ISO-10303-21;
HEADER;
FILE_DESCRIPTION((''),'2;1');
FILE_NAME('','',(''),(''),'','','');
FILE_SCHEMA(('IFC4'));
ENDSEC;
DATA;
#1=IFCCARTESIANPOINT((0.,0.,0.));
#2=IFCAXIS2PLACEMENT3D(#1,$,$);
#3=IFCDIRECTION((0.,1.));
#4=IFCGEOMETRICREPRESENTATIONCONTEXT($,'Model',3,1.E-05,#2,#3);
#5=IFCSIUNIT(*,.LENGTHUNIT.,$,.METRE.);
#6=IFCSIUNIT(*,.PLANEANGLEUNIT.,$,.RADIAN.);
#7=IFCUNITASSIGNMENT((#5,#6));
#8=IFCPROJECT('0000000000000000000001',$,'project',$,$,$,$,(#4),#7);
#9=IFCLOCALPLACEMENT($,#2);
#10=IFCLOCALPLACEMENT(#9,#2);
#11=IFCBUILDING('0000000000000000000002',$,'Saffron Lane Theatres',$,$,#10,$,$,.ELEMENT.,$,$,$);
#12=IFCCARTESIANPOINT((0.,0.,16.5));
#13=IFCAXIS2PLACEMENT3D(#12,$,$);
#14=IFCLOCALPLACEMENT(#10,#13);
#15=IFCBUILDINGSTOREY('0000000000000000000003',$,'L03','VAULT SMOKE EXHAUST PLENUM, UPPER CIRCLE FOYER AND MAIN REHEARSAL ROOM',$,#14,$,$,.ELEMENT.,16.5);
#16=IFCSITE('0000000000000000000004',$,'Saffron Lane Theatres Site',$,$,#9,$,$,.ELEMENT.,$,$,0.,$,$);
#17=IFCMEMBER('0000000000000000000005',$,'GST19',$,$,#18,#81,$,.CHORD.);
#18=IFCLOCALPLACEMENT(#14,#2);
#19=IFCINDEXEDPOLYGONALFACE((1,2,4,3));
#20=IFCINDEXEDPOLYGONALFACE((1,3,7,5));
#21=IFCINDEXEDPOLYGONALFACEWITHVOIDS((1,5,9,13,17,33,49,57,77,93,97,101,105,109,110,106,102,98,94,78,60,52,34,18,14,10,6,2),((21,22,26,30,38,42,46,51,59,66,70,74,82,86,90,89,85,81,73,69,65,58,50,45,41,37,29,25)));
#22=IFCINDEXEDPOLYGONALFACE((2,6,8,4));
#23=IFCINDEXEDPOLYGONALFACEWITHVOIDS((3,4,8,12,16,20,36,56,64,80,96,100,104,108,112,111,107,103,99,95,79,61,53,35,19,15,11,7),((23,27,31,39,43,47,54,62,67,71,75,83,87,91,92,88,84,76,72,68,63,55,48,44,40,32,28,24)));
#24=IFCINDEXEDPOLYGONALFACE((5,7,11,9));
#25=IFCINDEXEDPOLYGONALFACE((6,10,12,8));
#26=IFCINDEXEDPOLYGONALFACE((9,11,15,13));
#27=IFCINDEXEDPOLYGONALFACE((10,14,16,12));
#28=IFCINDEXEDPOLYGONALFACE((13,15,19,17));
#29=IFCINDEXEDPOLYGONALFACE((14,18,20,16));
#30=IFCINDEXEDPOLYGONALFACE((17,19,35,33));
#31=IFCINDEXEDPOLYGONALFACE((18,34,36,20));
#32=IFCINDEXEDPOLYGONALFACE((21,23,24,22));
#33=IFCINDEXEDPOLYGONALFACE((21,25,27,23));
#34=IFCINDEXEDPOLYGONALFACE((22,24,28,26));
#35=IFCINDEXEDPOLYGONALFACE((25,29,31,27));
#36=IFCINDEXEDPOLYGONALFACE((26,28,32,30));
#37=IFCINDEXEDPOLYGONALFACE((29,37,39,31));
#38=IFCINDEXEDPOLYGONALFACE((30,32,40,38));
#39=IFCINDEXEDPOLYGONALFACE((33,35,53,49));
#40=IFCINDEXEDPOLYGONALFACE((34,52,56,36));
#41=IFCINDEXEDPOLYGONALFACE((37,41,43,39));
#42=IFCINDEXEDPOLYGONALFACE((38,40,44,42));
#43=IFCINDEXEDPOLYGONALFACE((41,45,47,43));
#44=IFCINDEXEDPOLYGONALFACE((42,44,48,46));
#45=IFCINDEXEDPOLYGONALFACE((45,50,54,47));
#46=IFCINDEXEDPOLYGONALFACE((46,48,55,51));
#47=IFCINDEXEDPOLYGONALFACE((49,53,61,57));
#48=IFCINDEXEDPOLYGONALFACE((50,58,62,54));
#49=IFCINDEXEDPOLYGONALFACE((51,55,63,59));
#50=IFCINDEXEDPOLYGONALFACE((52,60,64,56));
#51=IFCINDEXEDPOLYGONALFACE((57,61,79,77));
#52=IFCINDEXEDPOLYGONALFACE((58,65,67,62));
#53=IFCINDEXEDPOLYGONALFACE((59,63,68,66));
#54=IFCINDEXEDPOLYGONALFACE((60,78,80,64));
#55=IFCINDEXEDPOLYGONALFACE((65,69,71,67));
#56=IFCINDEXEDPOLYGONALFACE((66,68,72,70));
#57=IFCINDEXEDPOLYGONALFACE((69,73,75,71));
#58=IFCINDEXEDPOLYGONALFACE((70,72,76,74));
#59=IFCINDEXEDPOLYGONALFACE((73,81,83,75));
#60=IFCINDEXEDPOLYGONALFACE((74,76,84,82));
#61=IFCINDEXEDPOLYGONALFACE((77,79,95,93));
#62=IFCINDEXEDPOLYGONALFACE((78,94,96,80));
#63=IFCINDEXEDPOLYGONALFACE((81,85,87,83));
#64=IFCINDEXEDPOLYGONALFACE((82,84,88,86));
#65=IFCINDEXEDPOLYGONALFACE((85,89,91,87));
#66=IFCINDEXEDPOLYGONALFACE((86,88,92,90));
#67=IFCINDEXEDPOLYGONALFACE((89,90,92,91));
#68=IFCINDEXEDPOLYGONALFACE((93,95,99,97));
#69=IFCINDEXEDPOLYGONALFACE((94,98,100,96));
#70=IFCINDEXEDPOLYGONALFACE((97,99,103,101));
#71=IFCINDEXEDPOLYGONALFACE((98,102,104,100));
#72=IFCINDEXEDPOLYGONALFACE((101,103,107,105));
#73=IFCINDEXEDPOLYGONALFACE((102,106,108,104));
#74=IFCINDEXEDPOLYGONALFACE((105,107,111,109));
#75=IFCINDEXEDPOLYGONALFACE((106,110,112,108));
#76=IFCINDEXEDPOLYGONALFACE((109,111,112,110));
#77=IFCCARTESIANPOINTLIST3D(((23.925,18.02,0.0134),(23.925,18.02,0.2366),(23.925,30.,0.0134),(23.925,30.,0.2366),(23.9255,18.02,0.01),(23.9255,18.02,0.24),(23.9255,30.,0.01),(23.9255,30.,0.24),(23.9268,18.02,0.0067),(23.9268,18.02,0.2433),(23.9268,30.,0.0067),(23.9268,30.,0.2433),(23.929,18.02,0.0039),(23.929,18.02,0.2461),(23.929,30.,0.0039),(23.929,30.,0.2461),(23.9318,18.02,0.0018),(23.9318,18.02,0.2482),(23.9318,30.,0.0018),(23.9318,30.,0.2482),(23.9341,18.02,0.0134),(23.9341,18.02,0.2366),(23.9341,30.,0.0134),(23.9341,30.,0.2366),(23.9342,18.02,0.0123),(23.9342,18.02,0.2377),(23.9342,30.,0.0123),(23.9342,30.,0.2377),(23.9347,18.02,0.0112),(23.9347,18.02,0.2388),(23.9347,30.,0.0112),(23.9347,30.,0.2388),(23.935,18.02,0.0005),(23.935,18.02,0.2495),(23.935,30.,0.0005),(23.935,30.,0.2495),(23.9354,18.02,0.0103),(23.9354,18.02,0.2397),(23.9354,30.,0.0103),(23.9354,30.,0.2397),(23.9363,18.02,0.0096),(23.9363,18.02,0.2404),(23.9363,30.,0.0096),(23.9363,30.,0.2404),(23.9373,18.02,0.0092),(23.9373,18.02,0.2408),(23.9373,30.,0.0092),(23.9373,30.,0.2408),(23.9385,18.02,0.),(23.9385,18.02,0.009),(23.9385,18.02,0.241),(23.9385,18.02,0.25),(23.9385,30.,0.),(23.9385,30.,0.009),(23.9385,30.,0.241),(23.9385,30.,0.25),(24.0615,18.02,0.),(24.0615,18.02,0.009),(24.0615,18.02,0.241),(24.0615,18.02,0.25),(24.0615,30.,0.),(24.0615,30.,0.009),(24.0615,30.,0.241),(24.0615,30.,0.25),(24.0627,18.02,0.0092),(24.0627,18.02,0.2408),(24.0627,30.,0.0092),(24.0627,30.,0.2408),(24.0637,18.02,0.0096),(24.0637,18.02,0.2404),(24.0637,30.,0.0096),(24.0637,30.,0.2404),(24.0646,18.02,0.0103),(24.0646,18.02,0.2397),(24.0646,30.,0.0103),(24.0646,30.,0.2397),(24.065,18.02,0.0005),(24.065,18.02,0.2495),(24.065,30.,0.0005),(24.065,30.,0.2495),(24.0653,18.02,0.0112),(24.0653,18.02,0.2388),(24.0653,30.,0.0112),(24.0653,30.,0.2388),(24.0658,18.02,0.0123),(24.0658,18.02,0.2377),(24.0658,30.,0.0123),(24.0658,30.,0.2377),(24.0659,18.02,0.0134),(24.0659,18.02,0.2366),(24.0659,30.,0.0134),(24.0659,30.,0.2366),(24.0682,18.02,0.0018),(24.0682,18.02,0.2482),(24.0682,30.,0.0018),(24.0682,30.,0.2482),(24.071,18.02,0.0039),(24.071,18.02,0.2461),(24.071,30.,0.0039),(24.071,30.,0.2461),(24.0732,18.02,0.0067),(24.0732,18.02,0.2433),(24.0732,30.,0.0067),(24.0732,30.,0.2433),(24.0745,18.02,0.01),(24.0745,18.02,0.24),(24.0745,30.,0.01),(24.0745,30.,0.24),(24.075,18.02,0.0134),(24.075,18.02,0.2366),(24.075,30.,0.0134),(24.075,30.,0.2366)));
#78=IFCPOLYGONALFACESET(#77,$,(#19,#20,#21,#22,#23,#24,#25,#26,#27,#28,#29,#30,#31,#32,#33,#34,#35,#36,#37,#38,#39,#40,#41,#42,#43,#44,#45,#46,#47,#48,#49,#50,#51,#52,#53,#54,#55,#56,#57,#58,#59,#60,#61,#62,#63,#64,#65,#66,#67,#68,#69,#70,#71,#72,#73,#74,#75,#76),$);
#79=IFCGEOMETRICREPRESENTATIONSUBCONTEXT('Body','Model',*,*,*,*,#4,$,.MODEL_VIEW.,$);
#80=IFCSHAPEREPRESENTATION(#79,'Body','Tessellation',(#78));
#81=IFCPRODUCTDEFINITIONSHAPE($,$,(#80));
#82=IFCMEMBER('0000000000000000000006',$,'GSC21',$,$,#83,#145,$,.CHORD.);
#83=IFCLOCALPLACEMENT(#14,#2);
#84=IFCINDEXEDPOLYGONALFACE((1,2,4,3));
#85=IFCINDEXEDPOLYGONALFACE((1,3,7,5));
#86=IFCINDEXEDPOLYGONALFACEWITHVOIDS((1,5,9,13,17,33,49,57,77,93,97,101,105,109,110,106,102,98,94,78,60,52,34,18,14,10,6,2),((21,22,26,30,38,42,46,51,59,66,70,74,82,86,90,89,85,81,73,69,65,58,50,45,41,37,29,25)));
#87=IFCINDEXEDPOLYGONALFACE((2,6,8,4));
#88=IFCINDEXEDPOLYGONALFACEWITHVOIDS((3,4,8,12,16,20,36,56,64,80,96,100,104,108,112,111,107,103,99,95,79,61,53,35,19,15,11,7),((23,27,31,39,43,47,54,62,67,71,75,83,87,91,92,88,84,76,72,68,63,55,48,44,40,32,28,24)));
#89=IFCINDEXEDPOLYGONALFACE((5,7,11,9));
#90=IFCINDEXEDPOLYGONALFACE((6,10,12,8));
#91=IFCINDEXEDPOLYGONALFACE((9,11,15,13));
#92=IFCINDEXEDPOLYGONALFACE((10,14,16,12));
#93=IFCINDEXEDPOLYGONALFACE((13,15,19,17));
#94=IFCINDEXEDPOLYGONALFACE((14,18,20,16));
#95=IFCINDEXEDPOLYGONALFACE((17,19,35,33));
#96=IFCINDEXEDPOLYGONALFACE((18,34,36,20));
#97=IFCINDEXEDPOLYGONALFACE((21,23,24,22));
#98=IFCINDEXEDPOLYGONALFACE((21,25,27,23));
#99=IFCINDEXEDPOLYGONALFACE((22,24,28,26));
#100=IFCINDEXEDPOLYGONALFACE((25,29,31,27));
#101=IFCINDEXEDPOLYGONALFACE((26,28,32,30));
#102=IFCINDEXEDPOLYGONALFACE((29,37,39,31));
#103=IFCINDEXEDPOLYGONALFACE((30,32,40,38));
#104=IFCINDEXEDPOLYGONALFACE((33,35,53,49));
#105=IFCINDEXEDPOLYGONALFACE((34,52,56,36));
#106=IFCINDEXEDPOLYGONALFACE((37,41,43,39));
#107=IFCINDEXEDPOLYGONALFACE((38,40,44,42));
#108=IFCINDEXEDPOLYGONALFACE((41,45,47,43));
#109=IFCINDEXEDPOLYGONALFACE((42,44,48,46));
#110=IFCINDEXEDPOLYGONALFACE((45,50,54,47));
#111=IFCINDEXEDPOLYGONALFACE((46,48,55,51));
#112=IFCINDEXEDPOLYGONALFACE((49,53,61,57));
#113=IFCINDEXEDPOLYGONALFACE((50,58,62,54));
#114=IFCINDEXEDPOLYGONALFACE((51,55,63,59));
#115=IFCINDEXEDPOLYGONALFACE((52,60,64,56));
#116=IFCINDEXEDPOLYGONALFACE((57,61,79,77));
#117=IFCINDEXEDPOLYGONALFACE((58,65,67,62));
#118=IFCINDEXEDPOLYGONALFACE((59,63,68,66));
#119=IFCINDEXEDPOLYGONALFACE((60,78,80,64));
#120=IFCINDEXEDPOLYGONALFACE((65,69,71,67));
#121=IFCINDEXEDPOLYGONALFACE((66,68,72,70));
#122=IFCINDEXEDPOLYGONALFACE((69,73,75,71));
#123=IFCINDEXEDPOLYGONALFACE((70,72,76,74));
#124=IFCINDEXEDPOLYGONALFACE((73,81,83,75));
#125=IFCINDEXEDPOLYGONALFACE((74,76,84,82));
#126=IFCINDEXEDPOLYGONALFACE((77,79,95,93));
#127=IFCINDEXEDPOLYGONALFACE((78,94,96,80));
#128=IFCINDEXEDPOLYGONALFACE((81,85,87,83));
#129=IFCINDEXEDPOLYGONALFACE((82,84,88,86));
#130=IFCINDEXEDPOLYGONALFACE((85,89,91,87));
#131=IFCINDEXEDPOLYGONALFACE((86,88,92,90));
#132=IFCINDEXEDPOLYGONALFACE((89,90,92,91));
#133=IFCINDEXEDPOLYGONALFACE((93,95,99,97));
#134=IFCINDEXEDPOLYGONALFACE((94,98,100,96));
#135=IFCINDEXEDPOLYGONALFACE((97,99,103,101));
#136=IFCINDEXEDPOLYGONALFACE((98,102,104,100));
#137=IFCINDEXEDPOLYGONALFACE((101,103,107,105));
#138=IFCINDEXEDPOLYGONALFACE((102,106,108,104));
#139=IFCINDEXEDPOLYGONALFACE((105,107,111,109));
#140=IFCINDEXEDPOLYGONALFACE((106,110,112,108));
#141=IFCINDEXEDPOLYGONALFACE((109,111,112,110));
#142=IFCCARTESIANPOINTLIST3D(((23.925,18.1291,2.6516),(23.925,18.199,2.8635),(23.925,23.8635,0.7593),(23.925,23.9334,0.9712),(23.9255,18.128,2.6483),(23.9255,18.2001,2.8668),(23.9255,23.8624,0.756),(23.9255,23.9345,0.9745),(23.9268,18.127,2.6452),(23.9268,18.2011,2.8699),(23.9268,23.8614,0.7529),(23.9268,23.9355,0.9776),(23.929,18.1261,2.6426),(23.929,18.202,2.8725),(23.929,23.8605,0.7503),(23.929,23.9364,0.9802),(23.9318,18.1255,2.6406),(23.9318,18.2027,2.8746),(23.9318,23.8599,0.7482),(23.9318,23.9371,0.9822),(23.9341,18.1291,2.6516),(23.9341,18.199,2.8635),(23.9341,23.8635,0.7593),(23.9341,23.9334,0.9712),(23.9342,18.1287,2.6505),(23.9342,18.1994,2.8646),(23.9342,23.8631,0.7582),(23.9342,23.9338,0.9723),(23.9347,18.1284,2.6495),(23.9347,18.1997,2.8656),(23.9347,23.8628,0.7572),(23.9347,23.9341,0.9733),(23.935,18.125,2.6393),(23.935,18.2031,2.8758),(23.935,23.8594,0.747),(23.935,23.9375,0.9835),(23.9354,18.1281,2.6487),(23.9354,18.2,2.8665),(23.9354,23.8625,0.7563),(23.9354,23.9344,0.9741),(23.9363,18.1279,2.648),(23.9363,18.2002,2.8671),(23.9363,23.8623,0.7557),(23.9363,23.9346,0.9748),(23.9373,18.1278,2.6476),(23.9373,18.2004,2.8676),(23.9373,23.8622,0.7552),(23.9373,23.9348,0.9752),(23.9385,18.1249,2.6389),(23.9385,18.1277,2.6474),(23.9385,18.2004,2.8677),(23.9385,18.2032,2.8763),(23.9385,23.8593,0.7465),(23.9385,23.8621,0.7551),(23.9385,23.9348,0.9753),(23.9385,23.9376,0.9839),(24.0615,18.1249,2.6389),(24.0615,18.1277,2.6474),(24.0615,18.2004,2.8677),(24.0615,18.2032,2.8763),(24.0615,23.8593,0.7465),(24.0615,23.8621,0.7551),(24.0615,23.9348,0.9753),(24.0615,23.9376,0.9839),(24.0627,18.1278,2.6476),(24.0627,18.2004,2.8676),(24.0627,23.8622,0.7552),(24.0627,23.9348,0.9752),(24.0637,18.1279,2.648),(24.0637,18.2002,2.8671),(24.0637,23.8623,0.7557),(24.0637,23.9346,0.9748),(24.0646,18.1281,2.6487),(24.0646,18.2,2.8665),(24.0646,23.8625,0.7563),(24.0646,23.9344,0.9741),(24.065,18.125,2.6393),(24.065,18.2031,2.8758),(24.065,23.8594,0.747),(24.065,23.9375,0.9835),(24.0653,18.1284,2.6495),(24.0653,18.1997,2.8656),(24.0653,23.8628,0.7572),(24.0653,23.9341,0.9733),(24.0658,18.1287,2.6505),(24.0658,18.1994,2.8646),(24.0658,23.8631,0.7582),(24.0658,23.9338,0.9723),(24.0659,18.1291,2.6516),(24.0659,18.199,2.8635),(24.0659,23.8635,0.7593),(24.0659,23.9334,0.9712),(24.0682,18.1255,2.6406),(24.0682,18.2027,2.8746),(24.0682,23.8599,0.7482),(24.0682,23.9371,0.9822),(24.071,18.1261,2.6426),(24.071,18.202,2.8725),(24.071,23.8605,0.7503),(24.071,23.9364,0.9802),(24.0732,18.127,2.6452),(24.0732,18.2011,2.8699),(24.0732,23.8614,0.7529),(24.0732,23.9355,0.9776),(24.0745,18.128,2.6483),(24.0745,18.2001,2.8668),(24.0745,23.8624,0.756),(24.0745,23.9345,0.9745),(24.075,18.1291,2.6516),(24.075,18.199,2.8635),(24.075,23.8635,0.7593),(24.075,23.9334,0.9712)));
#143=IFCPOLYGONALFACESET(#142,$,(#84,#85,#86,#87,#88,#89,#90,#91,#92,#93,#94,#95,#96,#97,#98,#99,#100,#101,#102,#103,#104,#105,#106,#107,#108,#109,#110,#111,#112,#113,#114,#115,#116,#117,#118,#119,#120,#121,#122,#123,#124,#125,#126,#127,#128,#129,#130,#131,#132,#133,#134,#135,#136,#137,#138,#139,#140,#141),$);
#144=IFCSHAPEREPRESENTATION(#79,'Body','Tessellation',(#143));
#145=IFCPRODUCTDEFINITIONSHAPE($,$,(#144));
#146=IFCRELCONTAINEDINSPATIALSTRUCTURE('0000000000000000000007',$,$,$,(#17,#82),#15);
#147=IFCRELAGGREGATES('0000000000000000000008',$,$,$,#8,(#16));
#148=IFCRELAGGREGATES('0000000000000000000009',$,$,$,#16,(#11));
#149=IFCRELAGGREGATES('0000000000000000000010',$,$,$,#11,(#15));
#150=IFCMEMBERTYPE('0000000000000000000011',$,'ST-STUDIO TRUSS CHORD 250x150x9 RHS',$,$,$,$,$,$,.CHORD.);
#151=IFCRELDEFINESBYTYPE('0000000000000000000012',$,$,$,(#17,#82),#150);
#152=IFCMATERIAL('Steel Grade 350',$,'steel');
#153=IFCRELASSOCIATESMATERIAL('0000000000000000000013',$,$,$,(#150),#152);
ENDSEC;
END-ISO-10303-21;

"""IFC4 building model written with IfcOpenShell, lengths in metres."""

from ifc_helpers import new_model, si_unit, direction, frame, origin, origin_2d, place, context, subcontext, project, spatial, hollow_rectangle, extrude, material, material_profile, profile_set, type_object, element, save


model = new_model("IFC4")

# Units and contexts
model_context = context("Model", 3, precision=1e-05, world=origin(), true_north=direction((0.0, 1.0)))
body_context = subcontext(model_context, "Body", "Model", "MODEL_VIEW")
ifc_project = project(units=[si_unit("LENGTHUNIT", "METRE"), si_unit("PLANEANGLEUNIT", "RADIAN")], contexts=[model_context])

# Site, building, storey
site_placement = place(None, origin())
site = spatial("IfcSite", under=ifc_project, at=site_placement, Name="Saffron Lane Theatres Site", CompositionType="ELEMENT", RefElevation=0.0)
building_placement = place(site_placement, origin())
building = spatial("IfcBuilding", under=site, at=building_placement, Name="Saffron Lane Theatres", CompositionType="ELEMENT")
storey_placement = place(building_placement, frame((0.0, 0.0, 16.5)))
storey = spatial("IfcBuildingStorey", under=building, at=storey_placement, Name="L03", Description="VAULT SMOKE EXHAUST PLENUM, UPPER CIRCLE FOYER AND MAIN REHEARSAL ROOM", CompositionType="ELEMENT", Elevation=16.5)

# Members
ifc_material_1 = material(Name="Steel Grade 350", Category="steel")
ifc_material_profile_1 = material_profile(ifc_material_1, hollow_rectangle(XDim=0.1499, YDim=0.25, WallThickness=0.009, InnerFilletRadius=0.0044, OuterFilletRadius=0.0134, at=origin_2d()))
ifc_profile_set_1 = profile_set([ifc_material_profile_1], Name="Steel Grade 350")
member_type_1 = type_object("IfcMemberType", Name="ST-STUDIO TRUSS CHORD 250x150x9 RHS", PredefinedType="CHORD", material=ifc_profile_set_1)
member_1_placement = place(storey_placement, frame((24.0, 18.02, 0.125), z_axis=(0.0, 1.0, 0.0), x_axis=(-1.0, 0.0, 0.0)))
element("IfcMember", 1, at=member_1_placement, inside=storey, type_object=member_type_1, Name="GST19", PredefinedType="CHORD", context=body_context, shape_type="SweptSolid", body=[
    extrude(hollow_rectangle(XDim=0.1499, YDim=0.25, WallThickness=0.009, InnerFilletRadius=0.0044, OuterFilletRadius=0.0134, at=origin_2d()), origin(), (0.0, 0.0, 1.0), 11.98),
])
member_2_placement = place(storey_placement, frame((24.0, 18.1641, 2.7576), z_axis=(0.0, 0.949629, -0.313376), x_axis=(-1.0, 0.0, 0.0)))
element("IfcMember", 2, at=member_2_placement, inside=storey, type_object=member_type_1, Name="GSC21", PredefinedType="CHORD", context=body_context, shape_type="SweptSolid", body=[
    extrude(hollow_rectangle(XDim=0.1499, YDim=0.25, WallThickness=0.009, InnerFilletRadius=0.0044, OuterFilletRadius=0.0134, at=origin_2d()), origin(), (0.0, 0.0, 1.0), 6.0386),
])

save(model, "model.ifc")
